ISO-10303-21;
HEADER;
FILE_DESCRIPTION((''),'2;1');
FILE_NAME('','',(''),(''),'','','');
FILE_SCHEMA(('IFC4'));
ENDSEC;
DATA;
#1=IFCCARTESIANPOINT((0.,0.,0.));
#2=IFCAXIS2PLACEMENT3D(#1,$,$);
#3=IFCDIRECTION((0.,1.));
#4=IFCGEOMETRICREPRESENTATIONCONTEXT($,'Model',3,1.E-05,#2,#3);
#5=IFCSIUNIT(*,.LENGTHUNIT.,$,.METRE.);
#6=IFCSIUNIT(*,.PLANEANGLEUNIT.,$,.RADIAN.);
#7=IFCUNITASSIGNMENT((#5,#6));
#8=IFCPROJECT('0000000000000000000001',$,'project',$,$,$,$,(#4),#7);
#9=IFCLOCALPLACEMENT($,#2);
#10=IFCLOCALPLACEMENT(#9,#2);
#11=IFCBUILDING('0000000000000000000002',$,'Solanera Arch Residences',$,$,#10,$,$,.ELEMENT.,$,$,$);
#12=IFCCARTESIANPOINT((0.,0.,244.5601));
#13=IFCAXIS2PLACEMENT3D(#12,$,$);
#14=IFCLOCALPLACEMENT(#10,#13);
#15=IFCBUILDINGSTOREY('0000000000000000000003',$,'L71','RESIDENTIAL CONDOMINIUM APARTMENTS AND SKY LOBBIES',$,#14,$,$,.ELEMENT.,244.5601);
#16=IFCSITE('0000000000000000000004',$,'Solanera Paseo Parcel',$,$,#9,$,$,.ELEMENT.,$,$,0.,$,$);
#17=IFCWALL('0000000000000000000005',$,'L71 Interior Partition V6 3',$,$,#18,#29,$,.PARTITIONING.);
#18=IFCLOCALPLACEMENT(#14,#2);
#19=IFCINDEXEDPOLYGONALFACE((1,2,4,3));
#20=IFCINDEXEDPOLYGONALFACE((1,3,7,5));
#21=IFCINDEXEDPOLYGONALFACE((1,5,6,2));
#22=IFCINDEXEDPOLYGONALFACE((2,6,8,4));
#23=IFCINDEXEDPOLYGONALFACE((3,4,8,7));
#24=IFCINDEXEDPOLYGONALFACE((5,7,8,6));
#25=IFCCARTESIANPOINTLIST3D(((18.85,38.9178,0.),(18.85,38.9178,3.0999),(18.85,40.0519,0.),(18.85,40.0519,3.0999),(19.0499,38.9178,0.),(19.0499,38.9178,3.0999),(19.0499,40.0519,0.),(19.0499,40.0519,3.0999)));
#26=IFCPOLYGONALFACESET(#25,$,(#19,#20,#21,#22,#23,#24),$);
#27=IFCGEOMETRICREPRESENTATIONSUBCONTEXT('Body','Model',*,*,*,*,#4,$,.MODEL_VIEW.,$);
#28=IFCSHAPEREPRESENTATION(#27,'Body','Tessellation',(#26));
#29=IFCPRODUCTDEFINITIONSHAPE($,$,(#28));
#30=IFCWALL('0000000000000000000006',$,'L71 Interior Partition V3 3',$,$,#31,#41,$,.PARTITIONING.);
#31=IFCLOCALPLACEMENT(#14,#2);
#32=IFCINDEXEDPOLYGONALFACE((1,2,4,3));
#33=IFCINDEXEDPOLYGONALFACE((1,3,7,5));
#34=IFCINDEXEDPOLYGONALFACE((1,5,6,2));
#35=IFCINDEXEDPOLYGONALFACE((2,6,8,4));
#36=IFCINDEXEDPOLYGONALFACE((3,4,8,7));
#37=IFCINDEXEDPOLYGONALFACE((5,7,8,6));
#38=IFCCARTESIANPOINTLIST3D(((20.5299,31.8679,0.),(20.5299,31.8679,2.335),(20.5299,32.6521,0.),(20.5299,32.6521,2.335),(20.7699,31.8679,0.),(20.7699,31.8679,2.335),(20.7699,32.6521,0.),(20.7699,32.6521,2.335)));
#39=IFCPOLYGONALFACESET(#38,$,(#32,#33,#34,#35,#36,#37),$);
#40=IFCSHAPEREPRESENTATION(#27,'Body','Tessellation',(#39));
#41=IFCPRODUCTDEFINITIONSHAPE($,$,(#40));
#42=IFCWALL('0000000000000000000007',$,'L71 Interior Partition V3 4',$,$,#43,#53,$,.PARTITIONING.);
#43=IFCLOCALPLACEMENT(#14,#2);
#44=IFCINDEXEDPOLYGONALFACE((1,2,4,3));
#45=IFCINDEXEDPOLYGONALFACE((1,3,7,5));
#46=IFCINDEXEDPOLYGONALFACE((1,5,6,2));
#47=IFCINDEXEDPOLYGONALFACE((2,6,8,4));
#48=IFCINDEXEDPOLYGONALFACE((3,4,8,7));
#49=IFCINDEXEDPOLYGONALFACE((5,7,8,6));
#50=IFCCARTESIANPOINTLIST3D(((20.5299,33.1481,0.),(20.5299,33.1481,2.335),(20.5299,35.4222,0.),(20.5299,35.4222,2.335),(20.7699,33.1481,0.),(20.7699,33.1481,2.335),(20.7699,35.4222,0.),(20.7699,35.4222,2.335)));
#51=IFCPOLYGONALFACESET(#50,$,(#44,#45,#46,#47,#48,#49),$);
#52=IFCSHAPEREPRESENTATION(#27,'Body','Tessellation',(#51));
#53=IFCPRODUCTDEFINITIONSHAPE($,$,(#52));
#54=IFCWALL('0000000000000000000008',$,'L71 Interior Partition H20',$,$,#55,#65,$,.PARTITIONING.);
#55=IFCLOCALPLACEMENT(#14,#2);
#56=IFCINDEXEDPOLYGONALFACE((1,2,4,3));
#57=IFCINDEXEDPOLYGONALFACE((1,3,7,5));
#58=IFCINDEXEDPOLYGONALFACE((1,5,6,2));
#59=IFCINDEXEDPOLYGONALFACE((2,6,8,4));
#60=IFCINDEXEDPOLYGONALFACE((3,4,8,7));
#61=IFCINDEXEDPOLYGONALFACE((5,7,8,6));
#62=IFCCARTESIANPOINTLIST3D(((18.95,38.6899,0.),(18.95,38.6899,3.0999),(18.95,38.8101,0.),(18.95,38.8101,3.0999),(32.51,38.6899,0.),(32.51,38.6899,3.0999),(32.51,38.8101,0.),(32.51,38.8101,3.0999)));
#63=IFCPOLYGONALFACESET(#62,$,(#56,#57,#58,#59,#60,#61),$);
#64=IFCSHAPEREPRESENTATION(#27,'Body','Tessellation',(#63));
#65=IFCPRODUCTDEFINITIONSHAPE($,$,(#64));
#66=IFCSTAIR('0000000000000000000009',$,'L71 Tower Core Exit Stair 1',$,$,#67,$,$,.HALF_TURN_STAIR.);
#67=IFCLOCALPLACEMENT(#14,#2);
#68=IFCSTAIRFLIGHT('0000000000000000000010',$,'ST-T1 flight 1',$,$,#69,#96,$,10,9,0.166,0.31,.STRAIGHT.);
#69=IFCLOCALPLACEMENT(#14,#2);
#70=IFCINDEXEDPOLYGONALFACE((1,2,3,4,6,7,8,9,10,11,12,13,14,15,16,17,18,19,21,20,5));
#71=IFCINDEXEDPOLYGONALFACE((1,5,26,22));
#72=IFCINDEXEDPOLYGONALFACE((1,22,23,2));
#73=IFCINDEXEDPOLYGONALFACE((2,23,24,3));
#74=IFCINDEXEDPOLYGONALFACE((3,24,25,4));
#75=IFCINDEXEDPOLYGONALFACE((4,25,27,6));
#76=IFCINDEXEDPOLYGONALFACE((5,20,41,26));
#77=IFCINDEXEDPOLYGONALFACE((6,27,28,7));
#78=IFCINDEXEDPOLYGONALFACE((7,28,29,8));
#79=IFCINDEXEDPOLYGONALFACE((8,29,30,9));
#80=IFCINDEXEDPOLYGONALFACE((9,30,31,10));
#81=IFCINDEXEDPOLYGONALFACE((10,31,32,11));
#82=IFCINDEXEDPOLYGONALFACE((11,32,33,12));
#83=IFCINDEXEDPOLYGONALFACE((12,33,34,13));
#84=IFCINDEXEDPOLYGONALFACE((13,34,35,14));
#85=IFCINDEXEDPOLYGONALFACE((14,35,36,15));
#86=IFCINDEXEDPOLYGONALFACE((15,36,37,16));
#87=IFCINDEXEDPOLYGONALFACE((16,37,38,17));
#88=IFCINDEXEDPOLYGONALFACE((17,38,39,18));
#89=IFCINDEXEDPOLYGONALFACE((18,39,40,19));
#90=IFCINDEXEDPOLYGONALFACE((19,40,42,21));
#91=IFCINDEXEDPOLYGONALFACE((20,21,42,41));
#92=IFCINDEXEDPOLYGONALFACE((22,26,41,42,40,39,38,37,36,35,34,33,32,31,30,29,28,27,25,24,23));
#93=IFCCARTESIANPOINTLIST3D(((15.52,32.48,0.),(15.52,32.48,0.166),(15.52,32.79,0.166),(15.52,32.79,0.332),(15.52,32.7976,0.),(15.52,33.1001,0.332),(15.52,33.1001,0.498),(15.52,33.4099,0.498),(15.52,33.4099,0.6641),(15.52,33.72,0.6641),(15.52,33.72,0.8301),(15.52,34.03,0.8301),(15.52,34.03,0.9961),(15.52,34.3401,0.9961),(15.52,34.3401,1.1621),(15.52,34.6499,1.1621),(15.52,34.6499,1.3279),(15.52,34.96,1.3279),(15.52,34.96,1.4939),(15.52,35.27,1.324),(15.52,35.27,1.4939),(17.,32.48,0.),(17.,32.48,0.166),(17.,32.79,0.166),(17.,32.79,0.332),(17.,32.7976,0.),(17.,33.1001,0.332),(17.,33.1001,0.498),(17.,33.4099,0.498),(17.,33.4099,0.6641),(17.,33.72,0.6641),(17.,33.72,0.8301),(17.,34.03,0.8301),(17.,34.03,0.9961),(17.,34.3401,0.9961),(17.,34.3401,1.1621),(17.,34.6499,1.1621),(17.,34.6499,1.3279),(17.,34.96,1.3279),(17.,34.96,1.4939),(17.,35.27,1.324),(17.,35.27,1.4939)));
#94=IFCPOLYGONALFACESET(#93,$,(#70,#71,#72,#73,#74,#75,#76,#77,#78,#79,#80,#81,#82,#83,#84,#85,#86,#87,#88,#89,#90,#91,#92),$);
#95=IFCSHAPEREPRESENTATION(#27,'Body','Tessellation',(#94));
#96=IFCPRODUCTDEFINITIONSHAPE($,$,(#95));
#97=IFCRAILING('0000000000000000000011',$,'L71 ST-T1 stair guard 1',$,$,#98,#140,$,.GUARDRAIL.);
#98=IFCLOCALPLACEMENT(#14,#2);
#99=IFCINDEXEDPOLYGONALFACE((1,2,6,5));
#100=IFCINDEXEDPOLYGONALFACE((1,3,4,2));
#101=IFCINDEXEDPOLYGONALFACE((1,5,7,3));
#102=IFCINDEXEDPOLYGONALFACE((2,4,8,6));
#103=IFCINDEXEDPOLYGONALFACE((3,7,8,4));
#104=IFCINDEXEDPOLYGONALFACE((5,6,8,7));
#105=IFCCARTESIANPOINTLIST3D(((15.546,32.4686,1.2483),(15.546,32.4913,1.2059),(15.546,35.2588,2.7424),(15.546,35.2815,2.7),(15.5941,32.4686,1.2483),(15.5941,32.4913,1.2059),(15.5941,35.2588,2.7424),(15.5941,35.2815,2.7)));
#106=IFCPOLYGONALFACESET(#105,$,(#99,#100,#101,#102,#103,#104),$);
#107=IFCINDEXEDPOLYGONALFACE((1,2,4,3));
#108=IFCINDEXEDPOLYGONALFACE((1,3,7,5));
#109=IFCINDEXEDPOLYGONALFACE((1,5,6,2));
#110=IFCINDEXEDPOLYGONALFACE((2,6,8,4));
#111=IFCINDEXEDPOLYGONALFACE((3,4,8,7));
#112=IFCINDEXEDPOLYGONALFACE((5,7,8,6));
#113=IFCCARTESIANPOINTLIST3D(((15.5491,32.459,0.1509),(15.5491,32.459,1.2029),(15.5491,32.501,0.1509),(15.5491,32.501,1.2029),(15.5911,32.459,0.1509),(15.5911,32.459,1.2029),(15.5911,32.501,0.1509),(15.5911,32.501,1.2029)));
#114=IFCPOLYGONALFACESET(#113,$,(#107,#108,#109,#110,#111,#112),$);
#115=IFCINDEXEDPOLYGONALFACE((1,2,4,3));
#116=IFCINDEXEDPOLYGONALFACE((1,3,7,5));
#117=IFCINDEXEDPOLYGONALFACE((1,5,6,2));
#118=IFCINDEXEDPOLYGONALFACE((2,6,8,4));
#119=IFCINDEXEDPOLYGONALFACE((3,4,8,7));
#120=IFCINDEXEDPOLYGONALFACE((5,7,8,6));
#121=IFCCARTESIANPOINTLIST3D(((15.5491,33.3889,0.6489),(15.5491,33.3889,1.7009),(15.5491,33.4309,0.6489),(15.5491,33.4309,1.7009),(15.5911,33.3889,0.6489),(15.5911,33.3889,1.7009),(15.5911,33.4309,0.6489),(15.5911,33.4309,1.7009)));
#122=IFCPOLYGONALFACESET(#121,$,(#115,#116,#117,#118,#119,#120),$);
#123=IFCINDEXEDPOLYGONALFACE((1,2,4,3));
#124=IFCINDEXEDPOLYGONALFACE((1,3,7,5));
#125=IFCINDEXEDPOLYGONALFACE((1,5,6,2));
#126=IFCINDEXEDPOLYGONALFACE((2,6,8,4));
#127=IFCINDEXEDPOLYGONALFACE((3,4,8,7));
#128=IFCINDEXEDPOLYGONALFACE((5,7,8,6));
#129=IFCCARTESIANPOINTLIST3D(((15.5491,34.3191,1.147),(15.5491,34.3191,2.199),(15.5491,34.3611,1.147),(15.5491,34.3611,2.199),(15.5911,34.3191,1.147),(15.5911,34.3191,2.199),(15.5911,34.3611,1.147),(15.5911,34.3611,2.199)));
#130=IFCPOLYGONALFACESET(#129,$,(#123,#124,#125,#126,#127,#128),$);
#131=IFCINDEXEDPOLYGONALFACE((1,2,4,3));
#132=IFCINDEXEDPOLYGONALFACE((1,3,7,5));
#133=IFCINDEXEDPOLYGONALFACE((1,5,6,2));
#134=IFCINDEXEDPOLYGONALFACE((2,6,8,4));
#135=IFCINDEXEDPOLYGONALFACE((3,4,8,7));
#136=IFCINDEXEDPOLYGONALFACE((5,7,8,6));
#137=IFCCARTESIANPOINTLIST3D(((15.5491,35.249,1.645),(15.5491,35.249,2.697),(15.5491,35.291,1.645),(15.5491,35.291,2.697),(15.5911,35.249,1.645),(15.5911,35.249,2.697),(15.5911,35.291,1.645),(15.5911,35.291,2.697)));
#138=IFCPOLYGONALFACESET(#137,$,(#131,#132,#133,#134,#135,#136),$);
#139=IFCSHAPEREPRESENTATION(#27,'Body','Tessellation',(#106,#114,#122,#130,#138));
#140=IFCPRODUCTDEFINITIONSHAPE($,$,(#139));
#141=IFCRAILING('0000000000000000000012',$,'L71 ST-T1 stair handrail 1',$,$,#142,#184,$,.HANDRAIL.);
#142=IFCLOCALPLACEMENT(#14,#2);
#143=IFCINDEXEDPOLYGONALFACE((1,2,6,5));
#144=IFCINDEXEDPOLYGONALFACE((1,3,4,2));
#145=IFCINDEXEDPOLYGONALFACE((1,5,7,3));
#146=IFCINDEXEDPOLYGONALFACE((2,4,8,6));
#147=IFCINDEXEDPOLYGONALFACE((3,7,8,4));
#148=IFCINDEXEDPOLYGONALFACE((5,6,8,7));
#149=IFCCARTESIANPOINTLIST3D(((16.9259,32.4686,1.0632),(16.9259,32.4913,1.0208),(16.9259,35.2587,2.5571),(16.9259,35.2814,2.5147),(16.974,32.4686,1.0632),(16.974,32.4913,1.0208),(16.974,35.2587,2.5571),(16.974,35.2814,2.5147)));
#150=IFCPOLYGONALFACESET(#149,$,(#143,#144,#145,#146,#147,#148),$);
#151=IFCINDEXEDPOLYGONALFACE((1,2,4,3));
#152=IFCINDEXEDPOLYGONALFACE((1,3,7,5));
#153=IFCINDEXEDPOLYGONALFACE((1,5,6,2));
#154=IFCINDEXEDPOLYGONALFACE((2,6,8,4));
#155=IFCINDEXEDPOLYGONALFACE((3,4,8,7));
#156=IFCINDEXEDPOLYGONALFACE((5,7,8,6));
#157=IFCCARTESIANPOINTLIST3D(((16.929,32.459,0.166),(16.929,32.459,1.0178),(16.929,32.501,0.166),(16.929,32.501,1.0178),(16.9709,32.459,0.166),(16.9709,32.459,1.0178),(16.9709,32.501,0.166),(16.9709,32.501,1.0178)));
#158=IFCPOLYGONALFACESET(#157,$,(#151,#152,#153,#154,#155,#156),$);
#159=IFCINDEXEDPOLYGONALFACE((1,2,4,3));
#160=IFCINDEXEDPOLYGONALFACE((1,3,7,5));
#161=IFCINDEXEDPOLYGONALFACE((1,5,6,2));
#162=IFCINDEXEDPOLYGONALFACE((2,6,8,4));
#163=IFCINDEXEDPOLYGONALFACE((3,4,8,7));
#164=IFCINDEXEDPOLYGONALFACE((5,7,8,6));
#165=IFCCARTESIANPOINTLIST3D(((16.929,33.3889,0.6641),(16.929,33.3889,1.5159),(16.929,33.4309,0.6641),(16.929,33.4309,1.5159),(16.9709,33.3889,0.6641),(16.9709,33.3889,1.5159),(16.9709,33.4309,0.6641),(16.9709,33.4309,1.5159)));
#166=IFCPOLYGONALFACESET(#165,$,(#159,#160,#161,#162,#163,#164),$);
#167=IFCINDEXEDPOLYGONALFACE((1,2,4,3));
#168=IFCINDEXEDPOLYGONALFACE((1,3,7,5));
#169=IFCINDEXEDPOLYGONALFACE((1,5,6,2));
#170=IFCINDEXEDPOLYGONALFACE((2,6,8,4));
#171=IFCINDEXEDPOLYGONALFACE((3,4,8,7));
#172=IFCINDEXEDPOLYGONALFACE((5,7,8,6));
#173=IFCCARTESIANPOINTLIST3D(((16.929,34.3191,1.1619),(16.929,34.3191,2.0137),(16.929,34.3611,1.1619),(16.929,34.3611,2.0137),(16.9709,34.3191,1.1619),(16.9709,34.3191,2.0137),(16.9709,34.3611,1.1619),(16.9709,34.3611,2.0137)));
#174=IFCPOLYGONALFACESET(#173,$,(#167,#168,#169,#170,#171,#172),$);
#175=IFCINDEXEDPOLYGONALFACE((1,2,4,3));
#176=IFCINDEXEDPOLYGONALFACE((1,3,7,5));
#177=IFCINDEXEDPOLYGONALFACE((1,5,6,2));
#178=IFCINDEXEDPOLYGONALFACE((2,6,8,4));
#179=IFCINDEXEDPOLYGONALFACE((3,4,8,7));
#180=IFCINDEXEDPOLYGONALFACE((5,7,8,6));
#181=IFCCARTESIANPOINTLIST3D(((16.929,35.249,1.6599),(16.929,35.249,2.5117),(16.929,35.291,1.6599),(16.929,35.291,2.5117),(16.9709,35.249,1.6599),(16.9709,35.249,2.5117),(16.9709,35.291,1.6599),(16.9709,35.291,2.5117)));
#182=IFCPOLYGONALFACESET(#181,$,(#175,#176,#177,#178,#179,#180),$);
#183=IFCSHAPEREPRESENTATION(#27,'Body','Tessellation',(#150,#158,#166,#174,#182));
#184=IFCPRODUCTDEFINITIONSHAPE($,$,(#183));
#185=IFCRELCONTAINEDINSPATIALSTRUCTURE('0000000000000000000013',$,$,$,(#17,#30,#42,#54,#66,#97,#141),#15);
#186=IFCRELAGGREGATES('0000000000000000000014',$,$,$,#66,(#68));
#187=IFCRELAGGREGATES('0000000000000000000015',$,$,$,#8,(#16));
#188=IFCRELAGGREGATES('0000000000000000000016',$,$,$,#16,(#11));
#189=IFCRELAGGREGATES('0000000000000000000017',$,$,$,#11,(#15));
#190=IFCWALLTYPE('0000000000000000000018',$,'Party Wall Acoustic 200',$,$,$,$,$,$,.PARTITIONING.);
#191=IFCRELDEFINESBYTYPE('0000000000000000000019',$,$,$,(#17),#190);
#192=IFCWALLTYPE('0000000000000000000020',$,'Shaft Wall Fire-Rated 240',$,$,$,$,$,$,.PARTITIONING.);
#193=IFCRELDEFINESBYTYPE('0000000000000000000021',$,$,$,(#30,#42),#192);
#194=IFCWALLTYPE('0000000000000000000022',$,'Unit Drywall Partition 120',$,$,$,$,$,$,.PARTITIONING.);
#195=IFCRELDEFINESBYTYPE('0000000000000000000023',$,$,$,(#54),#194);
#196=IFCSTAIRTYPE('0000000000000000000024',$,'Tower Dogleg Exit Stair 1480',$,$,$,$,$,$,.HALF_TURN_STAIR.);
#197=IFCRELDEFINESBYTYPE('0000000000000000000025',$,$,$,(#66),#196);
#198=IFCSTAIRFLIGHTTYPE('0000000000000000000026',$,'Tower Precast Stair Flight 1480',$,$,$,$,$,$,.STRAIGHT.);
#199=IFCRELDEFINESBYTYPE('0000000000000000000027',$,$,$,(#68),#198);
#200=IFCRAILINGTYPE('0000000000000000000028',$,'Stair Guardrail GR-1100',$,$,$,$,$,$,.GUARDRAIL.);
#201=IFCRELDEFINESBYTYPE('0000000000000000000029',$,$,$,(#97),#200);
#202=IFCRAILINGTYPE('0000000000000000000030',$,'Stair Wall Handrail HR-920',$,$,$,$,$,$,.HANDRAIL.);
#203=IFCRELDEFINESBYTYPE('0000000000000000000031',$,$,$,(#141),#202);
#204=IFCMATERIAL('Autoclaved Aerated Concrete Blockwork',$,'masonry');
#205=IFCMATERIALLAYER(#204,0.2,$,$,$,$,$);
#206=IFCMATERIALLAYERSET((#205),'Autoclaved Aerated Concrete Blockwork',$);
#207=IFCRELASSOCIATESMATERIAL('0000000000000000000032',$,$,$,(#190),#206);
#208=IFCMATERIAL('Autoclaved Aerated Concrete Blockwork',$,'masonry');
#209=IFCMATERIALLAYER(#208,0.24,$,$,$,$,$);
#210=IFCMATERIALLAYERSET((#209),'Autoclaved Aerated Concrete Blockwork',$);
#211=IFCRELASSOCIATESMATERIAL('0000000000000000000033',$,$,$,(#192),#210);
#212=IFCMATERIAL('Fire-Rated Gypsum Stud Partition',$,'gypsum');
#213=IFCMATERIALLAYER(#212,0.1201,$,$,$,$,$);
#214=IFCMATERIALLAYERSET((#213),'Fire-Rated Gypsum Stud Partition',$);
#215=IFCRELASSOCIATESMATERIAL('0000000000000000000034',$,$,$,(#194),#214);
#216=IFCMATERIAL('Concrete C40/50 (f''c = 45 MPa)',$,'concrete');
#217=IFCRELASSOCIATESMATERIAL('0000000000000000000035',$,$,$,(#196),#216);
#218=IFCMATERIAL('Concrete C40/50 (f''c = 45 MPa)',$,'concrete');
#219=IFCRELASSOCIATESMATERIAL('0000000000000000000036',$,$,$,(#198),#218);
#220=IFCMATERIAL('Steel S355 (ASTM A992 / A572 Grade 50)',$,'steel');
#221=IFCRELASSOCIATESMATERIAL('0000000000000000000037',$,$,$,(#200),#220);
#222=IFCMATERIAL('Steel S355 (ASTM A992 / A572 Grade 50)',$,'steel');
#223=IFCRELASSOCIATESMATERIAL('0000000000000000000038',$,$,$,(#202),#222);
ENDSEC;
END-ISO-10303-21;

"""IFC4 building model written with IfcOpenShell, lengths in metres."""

from ifc_helpers import new_model, si_unit, direction, frame, frame_2d, origin, origin_2d, place, context, subcontext, project, spatial, polyline, rectangle, outline, extrude, material, layer, layer_set, type_object, element, aggregate, save


model = new_model("IFC4")

# Units and contexts
model_context = context("Model", 3, precision=1e-05, world=origin(), true_north=direction((0.0, 1.0)))
body_context = subcontext(model_context, "Body", "Model", "MODEL_VIEW")
ifc_project = project(units=[si_unit("LENGTHUNIT", "METRE"), si_unit("PLANEANGLEUNIT", "RADIAN")], contexts=[model_context])

# Site, building, storey
site_placement = place(None, origin())
site = spatial("IfcSite", under=ifc_project, at=site_placement, Name="Solanera Paseo Parcel", CompositionType="ELEMENT", RefElevation=0.0)
building_placement = place(site_placement, origin())
building = spatial("IfcBuilding", under=site, at=building_placement, Name="Solanera Arch Residences", CompositionType="ELEMENT")
storey_placement = place(building_placement, frame((0.0, 0.0, 244.5601)))
storey = spatial("IfcBuildingStorey", under=building, at=storey_placement, Name="L71", Description="RESIDENTIAL CONDOMINIUM APARTMENTS AND SKY LOBBIES", CompositionType="ELEMENT", Elevation=244.5601)

# Shared definitions
ifc_material_1 = material(Name="Autoclaved Aerated Concrete Blockwork", Category="masonry")
ifc_layer_1 = layer(ifc_material_1, 0.2)
ifc_layer_set_1 = layer_set([ifc_layer_1], Name="Autoclaved Aerated Concrete Blockwork")
wall_type_1 = type_object("IfcWallType", Name="Party Wall Acoustic 200", PredefinedType="PARTITIONING", material=ifc_layer_set_1)

# Wall
wall_1_placement = place(storey_placement, frame((18.95, 38.918, 0.0), z_axis=(0.0, 0.0, 1.0), x_axis=(0.0, 1.0, 0.0)))
element("IfcWall", 1, at=wall_1_placement, inside=storey, type_object=wall_type_1, Name="L71 Interior Partition V6 3", PredefinedType="PARTITIONING", context=body_context, shape_type="SweptSolid", body=[
    extrude(rectangle(XDim=1.134, YDim=0.2, at=frame_2d((0.5669, 0.0))), origin(), (0.0, 0.0, 1.0), 3.0999),
])

# Shared definitions
ifc_material_2 = material(Name="Autoclaved Aerated Concrete Blockwork", Category="masonry")
ifc_layer_2 = layer(ifc_material_2, 0.24)
ifc_layer_set_2 = layer_set([ifc_layer_2], Name="Autoclaved Aerated Concrete Blockwork")
wall_type_2 = type_object("IfcWallType", Name="Shaft Wall Fire-Rated 240", PredefinedType="PARTITIONING", material=ifc_layer_set_2)

# Walls
wall_2_placement = place(storey_placement, frame((20.6499, 31.8679, 0.0), z_axis=(0.0, 0.0, 1.0), x_axis=(0.0, 1.0, 0.0)))
element("IfcWall", 2, at=wall_2_placement, inside=storey, type_object=wall_type_2, Name="L71 Interior Partition V3 3", PredefinedType="PARTITIONING", context=body_context, shape_type="SweptSolid", body=[
    extrude(rectangle(XDim=0.7842, YDim=0.24, at=frame_2d((0.3921, 0.0))), origin(), (0.0, 0.0, 1.0), 2.335),
])
wall_3_placement = place(storey_placement, frame((20.6499, 33.1479, 0.0), z_axis=(0.0, 0.0, 1.0), x_axis=(0.0, 1.0, 0.0)))
element("IfcWall", 3, at=wall_3_placement, inside=storey, type_object=wall_type_2, Name="L71 Interior Partition V3 4", PredefinedType="PARTITIONING", context=body_context, shape_type="SweptSolid", body=[
    extrude(rectangle(XDim=2.2742, YDim=0.24, at=frame_2d((1.1372, 0.0))), origin(), (0.0, 0.0, 1.0), 2.335),
])
ifc_material_3 = material(Name="Fire-Rated Gypsum Stud Partition", Category="gypsum")
ifc_layer_3 = layer(ifc_material_3, 0.1201)
ifc_layer_set_3 = layer_set([ifc_layer_3], Name="Fire-Rated Gypsum Stud Partition")
wall_type_3 = type_object("IfcWallType", Name="Unit Drywall Partition 120", PredefinedType="PARTITIONING", material=ifc_layer_set_3)
wall_4_placement = place(storey_placement, frame((18.95, 38.75, 0.0), z_axis=(0.0, 0.0, 1.0), x_axis=(1.0, 0.0, 0.0)))
element("IfcWall", 4, at=wall_4_placement, inside=storey, type_object=wall_type_3, Name="L71 Interior Partition H20", PredefinedType="PARTITIONING", context=body_context, shape_type="SweptSolid", body=[
    extrude(rectangle(XDim=13.5601, YDim=0.1201, at=frame_2d((6.78, 0.0))), origin(), (0.0, 0.0, 1.0), 3.0999),
])

# Stair, stair flight
ifc_material_4 = material(Name="Concrete C40/50 (f'c = 45 MPa)", Category="concrete")
stair_type = type_object("IfcStairType", Name="Tower Dogleg Exit Stair 1480", PredefinedType="HALF_TURN_STAIR", material=ifc_material_4)
stair_placement = place(storey_placement, origin())
stair = element("IfcStair", 5, at=stair_placement, inside=storey, type_object=stair_type, Name="L71 Tower Core Exit Stair 1", PredefinedType="HALF_TURN_STAIR")
ifc_material_5 = material(Name="Concrete C40/50 (f'c = 45 MPa)", Category="concrete")
stair_flight_type = type_object("IfcStairFlightType", Name="Tower Precast Stair Flight 1480", PredefinedType="STRAIGHT", material=ifc_material_5)
stair_flight_placement = place(storey_placement, frame((16.26, 32.48, 0.0), z_axis=(0.0, 0.0, 1.0), x_axis=(0.0, 1.0, 0.0)))
stair_flight = element("IfcStairFlight", 6, at=stair_flight_placement, type_object=stair_flight_type, Name="ST-T1 flight 1", NumberOfRisers=10, NumberOfTreads=9, PredefinedType="STRAIGHT", RiserHeight=0.166, TreadLength=0.31, context=body_context, shape_type="SweptSolid", body=[
    extrude(outline(polyline([(0.0, 0.0), (0.0, 0.166), (0.3101, 0.166), (0.3101, 0.332), (0.6201, 0.332), (0.6201, 0.498), (0.9299, 0.498), (0.9299, 0.6641), (1.24, 0.6641), (1.24, 0.8301), (1.55, 0.8301), (1.55, 0.9961), (1.8601, 0.9961), (1.8601, 1.1621), (2.1699, 1.1621), (2.1699, 1.3279), (2.48, 1.3279), (2.48, 1.4939), (2.79, 1.4939), (2.79, 1.6599), (2.79, 1.324), (0.3176, 0.0), (0.0, 0.0)])), frame((0.0, 0.74, 0.0), z_axis=(0.0, -1.0, 0.0), x_axis=(1.0, 0.0, 0.0)), (0.0, 0.0, 1.0), 1.48),
])
aggregate(stair, [stair_flight])

# Railings
ifc_material_6 = material(Name="Steel S355 (ASTM A992 / A572 Grade 50)", Category="steel")
railing_type_1 = type_object("IfcRailingType", Name="Stair Guardrail GR-1100", PredefinedType="GUARDRAIL", material=ifc_material_6)
railing_1_placement = place(storey_placement, frame((15.5701, 32.48, 0.1509)))
element("IfcRailing", 7, at=railing_1_placement, inside=storey, type_object=railing_type_1, Name="L71 ST-T1 stair guard 1", PredefinedType="GUARDRAIL", context=body_context, shape_type="SweptSolid", body=[
    extrude(rectangle(XDim=0.0481, YDim=0.0481, at=origin_2d()), frame((0.0, 0.0, 1.0762), z_axis=(0.0, 0.881549, 0.472093), x_axis=(-1.0, 0.0, 0.0)), (0.0, 0.0, 1.0), 3.165),
    extrude(rectangle(XDim=0.042, YDim=0.042, at=origin_2d()), origin(), (0.0, 0.0, 1.0), 1.052),
    extrude(rectangle(XDim=0.042, YDim=0.042, at=origin_2d()), frame((0.0, 0.9299, 0.498)), (0.0, 0.0, 1.0), 1.052),
    extrude(rectangle(XDim=0.042, YDim=0.042, at=origin_2d()), frame((0.0, 1.8601, 0.9961)), (0.0, 0.0, 1.0), 1.052),
    extrude(rectangle(XDim=0.042, YDim=0.042, at=origin_2d()), frame((0.0, 2.79, 1.4941)), (0.0, 0.0, 1.0), 1.052),
])
ifc_material_7 = material(Name="Steel S355 (ASTM A992 / A572 Grade 50)", Category="steel")
railing_type_2 = type_object("IfcRailingType", Name="Stair Wall Handrail HR-920", PredefinedType="HANDRAIL", material=ifc_material_7)
railing_2_placement = place(storey_placement, frame((16.95, 32.48, 0.166)))
element("IfcRailing", 8, at=railing_2_placement, inside=storey, type_object=railing_type_2, Name="L71 ST-T1 stair handrail 1", PredefinedType="HANDRAIL", context=body_context, shape_type="SweptSolid", body=[
    extrude(rectangle(XDim=0.0481, YDim=0.0481, at=origin_2d()), frame((0.0, 0.0, 0.876), z_axis=(0.0, 0.881581, 0.472033), x_axis=(-1.0, 0.0, 0.0)), (0.0, 0.0, 1.0), 3.1648),
    extrude(rectangle(XDim=0.042, YDim=0.042, at=origin_2d()), origin(), (0.0, 0.0, 1.0), 0.8518),
    extrude(rectangle(XDim=0.042, YDim=0.042, at=origin_2d()), frame((0.0, 0.9299, 0.498)), (0.0, 0.0, 1.0), 0.8518),
    extrude(rectangle(XDim=0.042, YDim=0.042, at=origin_2d()), frame((0.0, 1.8601, 0.9958)), (0.0, 0.0, 1.0), 0.8518),
    extrude(rectangle(XDim=0.042, YDim=0.042, at=origin_2d()), frame((0.0, 2.79, 1.4939)), (0.0, 0.0, 1.0), 0.8518),
])

save(model, "model.ifc")
